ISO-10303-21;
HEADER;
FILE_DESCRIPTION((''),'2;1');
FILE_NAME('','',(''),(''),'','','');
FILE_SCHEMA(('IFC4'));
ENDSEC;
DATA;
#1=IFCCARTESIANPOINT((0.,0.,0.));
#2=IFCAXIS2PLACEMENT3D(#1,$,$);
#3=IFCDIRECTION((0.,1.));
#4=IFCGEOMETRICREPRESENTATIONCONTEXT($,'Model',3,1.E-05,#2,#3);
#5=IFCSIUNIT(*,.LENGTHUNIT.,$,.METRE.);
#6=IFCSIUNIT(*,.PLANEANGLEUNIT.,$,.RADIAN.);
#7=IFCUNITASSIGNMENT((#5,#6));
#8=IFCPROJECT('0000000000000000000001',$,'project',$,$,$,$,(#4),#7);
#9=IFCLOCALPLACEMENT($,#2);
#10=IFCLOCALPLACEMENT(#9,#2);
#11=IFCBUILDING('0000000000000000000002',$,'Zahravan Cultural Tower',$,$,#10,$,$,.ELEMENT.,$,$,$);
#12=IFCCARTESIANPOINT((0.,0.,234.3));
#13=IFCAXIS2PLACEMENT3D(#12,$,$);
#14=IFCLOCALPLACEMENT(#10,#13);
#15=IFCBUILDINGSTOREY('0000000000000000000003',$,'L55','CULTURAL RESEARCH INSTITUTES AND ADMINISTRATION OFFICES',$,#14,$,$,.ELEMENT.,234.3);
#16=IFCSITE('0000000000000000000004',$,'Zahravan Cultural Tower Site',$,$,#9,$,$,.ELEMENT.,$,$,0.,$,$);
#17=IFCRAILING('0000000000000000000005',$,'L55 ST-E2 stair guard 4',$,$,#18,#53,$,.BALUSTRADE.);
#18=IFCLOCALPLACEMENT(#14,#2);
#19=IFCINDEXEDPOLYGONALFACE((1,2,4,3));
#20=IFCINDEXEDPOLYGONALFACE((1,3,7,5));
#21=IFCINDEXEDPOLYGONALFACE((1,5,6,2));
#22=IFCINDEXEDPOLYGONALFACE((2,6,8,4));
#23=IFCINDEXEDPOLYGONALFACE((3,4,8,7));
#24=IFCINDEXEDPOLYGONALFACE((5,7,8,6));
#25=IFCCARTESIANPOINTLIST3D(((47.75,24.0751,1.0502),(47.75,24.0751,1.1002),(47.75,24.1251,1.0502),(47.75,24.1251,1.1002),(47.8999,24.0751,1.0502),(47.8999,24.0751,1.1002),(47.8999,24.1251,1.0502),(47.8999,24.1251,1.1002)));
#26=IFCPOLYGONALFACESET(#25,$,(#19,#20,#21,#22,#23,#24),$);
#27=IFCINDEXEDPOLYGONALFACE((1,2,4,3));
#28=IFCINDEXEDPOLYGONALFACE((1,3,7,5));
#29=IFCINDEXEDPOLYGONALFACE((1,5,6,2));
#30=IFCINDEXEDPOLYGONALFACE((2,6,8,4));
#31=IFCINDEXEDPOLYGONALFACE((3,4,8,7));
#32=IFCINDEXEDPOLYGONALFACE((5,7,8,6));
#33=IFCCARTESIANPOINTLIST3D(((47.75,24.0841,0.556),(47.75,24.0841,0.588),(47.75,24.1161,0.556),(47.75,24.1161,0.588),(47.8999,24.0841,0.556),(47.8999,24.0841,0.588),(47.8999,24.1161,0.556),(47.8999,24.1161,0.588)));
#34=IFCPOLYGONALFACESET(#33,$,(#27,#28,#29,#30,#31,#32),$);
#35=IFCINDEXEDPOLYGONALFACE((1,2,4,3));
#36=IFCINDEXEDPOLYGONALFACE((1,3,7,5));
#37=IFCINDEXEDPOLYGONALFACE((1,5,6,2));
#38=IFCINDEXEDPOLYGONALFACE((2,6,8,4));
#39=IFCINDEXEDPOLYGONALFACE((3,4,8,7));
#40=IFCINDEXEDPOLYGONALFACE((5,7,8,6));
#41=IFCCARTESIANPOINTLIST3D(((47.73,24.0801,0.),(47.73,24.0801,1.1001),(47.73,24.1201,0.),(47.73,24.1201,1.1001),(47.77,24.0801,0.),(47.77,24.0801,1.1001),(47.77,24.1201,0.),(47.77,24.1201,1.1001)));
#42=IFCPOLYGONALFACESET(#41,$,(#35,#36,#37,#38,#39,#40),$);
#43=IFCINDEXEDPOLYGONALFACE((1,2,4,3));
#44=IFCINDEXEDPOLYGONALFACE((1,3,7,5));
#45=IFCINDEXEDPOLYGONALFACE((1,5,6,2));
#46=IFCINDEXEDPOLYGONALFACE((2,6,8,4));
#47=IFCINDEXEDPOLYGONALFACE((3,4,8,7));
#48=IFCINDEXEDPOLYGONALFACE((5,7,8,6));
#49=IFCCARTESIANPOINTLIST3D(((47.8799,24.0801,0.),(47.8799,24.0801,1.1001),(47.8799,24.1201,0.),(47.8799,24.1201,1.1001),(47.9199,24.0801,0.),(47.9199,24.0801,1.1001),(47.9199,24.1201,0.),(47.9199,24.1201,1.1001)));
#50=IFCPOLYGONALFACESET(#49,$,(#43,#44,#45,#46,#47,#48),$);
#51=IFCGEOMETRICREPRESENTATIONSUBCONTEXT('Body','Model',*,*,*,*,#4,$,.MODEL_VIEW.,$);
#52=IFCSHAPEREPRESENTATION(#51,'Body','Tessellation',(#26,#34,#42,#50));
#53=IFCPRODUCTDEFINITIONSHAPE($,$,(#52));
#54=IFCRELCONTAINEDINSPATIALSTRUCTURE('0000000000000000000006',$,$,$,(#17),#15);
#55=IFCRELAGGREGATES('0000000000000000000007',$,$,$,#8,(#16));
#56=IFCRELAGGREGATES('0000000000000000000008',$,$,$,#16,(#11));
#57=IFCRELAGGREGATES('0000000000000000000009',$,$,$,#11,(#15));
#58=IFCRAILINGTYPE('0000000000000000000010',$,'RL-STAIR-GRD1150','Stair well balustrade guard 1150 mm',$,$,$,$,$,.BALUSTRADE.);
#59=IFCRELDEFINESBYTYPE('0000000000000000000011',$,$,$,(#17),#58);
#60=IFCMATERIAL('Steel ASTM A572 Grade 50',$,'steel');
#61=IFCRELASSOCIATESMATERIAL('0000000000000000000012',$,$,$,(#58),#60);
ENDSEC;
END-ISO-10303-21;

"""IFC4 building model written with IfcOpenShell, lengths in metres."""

from ifc_helpers import new_model, si_unit, direction, frame, origin, origin_2d, place, context, subcontext, project, spatial, rectangle, extrude, material, type_object, element, save


model = new_model("IFC4")

# Units and contexts
model_context = context("Model", 3, precision=1e-05, world=origin(), true_north=direction((0.0, 1.0)))
body_context = subcontext(model_context, "Body", "Model", "MODEL_VIEW")
ifc_project = project(units=[si_unit("LENGTHUNIT", "METRE"), si_unit("PLANEANGLEUNIT", "RADIAN")], contexts=[model_context])

# Site, building, storey
site_placement = place(None, origin())
site = spatial("IfcSite", under=ifc_project, at=site_placement, Name="Zahravan Cultural Tower Site", CompositionType="ELEMENT", RefElevation=0.0)
building_placement = place(site_placement, origin())
building = spatial("IfcBuilding", under=site, at=building_placement, Name="Zahravan Cultural Tower", CompositionType="ELEMENT")
storey_placement = place(building_placement, frame((0.0, 0.0, 234.3)))
storey = spatial("IfcBuildingStorey", under=building, at=storey_placement, Name="L55", Description="CULTURAL RESEARCH INSTITUTES AND ADMINISTRATION OFFICES", CompositionType="ELEMENT", Elevation=234.3)

# Shared definitions
ifc_material_1 = material(Name="Steel ASTM A572 Grade 50", Category="steel")

# Railing
railing_type = type_object("IfcRailingType", Name="RL-STAIR-GRD1150", Description="Stair well balustrade guard 1150 mm", PredefinedType="BALUSTRADE", material=ifc_material_1)
railing_1_placement = place(storey_placement, frame((47.75, 24.1001, 0.0)))
element("IfcRailing", 1, at=railing_1_placement, inside=storey, type_object=railing_type, Name="L55 ST-E2 stair guard 4", PredefinedType="BALUSTRADE", context=body_context, shape_type="SweptSolid", body=[
    extrude(rectangle(XDim=0.05, YDim=0.05, at=origin_2d()), frame((0.0, 0.0, 1.0752), z_axis=(1.0, 0.0, 0.0), x_axis=(0.0, 1.0, 0.0)), (0.0, 0.0, 1.0), 0.1499),
    extrude(rectangle(XDim=0.032, YDim=0.032, at=origin_2d()), frame((0.0, 0.0, 0.572), z_axis=(1.0, 0.0, 0.0), x_axis=(0.0, 1.0, 0.0)), (0.0, 0.0, 1.0), 0.1499),
    extrude(rectangle(XDim=0.04, YDim=0.04, at=origin_2d()), origin(), (0.0, 0.0, 1.0), 1.1001),
    extrude(rectangle(XDim=0.04, YDim=0.04, at=origin_2d()), frame((0.1499, 0.0, 0.0)), (0.0, 0.0, 1.0), 1.1001),
])

save(model, "model.ifc")
